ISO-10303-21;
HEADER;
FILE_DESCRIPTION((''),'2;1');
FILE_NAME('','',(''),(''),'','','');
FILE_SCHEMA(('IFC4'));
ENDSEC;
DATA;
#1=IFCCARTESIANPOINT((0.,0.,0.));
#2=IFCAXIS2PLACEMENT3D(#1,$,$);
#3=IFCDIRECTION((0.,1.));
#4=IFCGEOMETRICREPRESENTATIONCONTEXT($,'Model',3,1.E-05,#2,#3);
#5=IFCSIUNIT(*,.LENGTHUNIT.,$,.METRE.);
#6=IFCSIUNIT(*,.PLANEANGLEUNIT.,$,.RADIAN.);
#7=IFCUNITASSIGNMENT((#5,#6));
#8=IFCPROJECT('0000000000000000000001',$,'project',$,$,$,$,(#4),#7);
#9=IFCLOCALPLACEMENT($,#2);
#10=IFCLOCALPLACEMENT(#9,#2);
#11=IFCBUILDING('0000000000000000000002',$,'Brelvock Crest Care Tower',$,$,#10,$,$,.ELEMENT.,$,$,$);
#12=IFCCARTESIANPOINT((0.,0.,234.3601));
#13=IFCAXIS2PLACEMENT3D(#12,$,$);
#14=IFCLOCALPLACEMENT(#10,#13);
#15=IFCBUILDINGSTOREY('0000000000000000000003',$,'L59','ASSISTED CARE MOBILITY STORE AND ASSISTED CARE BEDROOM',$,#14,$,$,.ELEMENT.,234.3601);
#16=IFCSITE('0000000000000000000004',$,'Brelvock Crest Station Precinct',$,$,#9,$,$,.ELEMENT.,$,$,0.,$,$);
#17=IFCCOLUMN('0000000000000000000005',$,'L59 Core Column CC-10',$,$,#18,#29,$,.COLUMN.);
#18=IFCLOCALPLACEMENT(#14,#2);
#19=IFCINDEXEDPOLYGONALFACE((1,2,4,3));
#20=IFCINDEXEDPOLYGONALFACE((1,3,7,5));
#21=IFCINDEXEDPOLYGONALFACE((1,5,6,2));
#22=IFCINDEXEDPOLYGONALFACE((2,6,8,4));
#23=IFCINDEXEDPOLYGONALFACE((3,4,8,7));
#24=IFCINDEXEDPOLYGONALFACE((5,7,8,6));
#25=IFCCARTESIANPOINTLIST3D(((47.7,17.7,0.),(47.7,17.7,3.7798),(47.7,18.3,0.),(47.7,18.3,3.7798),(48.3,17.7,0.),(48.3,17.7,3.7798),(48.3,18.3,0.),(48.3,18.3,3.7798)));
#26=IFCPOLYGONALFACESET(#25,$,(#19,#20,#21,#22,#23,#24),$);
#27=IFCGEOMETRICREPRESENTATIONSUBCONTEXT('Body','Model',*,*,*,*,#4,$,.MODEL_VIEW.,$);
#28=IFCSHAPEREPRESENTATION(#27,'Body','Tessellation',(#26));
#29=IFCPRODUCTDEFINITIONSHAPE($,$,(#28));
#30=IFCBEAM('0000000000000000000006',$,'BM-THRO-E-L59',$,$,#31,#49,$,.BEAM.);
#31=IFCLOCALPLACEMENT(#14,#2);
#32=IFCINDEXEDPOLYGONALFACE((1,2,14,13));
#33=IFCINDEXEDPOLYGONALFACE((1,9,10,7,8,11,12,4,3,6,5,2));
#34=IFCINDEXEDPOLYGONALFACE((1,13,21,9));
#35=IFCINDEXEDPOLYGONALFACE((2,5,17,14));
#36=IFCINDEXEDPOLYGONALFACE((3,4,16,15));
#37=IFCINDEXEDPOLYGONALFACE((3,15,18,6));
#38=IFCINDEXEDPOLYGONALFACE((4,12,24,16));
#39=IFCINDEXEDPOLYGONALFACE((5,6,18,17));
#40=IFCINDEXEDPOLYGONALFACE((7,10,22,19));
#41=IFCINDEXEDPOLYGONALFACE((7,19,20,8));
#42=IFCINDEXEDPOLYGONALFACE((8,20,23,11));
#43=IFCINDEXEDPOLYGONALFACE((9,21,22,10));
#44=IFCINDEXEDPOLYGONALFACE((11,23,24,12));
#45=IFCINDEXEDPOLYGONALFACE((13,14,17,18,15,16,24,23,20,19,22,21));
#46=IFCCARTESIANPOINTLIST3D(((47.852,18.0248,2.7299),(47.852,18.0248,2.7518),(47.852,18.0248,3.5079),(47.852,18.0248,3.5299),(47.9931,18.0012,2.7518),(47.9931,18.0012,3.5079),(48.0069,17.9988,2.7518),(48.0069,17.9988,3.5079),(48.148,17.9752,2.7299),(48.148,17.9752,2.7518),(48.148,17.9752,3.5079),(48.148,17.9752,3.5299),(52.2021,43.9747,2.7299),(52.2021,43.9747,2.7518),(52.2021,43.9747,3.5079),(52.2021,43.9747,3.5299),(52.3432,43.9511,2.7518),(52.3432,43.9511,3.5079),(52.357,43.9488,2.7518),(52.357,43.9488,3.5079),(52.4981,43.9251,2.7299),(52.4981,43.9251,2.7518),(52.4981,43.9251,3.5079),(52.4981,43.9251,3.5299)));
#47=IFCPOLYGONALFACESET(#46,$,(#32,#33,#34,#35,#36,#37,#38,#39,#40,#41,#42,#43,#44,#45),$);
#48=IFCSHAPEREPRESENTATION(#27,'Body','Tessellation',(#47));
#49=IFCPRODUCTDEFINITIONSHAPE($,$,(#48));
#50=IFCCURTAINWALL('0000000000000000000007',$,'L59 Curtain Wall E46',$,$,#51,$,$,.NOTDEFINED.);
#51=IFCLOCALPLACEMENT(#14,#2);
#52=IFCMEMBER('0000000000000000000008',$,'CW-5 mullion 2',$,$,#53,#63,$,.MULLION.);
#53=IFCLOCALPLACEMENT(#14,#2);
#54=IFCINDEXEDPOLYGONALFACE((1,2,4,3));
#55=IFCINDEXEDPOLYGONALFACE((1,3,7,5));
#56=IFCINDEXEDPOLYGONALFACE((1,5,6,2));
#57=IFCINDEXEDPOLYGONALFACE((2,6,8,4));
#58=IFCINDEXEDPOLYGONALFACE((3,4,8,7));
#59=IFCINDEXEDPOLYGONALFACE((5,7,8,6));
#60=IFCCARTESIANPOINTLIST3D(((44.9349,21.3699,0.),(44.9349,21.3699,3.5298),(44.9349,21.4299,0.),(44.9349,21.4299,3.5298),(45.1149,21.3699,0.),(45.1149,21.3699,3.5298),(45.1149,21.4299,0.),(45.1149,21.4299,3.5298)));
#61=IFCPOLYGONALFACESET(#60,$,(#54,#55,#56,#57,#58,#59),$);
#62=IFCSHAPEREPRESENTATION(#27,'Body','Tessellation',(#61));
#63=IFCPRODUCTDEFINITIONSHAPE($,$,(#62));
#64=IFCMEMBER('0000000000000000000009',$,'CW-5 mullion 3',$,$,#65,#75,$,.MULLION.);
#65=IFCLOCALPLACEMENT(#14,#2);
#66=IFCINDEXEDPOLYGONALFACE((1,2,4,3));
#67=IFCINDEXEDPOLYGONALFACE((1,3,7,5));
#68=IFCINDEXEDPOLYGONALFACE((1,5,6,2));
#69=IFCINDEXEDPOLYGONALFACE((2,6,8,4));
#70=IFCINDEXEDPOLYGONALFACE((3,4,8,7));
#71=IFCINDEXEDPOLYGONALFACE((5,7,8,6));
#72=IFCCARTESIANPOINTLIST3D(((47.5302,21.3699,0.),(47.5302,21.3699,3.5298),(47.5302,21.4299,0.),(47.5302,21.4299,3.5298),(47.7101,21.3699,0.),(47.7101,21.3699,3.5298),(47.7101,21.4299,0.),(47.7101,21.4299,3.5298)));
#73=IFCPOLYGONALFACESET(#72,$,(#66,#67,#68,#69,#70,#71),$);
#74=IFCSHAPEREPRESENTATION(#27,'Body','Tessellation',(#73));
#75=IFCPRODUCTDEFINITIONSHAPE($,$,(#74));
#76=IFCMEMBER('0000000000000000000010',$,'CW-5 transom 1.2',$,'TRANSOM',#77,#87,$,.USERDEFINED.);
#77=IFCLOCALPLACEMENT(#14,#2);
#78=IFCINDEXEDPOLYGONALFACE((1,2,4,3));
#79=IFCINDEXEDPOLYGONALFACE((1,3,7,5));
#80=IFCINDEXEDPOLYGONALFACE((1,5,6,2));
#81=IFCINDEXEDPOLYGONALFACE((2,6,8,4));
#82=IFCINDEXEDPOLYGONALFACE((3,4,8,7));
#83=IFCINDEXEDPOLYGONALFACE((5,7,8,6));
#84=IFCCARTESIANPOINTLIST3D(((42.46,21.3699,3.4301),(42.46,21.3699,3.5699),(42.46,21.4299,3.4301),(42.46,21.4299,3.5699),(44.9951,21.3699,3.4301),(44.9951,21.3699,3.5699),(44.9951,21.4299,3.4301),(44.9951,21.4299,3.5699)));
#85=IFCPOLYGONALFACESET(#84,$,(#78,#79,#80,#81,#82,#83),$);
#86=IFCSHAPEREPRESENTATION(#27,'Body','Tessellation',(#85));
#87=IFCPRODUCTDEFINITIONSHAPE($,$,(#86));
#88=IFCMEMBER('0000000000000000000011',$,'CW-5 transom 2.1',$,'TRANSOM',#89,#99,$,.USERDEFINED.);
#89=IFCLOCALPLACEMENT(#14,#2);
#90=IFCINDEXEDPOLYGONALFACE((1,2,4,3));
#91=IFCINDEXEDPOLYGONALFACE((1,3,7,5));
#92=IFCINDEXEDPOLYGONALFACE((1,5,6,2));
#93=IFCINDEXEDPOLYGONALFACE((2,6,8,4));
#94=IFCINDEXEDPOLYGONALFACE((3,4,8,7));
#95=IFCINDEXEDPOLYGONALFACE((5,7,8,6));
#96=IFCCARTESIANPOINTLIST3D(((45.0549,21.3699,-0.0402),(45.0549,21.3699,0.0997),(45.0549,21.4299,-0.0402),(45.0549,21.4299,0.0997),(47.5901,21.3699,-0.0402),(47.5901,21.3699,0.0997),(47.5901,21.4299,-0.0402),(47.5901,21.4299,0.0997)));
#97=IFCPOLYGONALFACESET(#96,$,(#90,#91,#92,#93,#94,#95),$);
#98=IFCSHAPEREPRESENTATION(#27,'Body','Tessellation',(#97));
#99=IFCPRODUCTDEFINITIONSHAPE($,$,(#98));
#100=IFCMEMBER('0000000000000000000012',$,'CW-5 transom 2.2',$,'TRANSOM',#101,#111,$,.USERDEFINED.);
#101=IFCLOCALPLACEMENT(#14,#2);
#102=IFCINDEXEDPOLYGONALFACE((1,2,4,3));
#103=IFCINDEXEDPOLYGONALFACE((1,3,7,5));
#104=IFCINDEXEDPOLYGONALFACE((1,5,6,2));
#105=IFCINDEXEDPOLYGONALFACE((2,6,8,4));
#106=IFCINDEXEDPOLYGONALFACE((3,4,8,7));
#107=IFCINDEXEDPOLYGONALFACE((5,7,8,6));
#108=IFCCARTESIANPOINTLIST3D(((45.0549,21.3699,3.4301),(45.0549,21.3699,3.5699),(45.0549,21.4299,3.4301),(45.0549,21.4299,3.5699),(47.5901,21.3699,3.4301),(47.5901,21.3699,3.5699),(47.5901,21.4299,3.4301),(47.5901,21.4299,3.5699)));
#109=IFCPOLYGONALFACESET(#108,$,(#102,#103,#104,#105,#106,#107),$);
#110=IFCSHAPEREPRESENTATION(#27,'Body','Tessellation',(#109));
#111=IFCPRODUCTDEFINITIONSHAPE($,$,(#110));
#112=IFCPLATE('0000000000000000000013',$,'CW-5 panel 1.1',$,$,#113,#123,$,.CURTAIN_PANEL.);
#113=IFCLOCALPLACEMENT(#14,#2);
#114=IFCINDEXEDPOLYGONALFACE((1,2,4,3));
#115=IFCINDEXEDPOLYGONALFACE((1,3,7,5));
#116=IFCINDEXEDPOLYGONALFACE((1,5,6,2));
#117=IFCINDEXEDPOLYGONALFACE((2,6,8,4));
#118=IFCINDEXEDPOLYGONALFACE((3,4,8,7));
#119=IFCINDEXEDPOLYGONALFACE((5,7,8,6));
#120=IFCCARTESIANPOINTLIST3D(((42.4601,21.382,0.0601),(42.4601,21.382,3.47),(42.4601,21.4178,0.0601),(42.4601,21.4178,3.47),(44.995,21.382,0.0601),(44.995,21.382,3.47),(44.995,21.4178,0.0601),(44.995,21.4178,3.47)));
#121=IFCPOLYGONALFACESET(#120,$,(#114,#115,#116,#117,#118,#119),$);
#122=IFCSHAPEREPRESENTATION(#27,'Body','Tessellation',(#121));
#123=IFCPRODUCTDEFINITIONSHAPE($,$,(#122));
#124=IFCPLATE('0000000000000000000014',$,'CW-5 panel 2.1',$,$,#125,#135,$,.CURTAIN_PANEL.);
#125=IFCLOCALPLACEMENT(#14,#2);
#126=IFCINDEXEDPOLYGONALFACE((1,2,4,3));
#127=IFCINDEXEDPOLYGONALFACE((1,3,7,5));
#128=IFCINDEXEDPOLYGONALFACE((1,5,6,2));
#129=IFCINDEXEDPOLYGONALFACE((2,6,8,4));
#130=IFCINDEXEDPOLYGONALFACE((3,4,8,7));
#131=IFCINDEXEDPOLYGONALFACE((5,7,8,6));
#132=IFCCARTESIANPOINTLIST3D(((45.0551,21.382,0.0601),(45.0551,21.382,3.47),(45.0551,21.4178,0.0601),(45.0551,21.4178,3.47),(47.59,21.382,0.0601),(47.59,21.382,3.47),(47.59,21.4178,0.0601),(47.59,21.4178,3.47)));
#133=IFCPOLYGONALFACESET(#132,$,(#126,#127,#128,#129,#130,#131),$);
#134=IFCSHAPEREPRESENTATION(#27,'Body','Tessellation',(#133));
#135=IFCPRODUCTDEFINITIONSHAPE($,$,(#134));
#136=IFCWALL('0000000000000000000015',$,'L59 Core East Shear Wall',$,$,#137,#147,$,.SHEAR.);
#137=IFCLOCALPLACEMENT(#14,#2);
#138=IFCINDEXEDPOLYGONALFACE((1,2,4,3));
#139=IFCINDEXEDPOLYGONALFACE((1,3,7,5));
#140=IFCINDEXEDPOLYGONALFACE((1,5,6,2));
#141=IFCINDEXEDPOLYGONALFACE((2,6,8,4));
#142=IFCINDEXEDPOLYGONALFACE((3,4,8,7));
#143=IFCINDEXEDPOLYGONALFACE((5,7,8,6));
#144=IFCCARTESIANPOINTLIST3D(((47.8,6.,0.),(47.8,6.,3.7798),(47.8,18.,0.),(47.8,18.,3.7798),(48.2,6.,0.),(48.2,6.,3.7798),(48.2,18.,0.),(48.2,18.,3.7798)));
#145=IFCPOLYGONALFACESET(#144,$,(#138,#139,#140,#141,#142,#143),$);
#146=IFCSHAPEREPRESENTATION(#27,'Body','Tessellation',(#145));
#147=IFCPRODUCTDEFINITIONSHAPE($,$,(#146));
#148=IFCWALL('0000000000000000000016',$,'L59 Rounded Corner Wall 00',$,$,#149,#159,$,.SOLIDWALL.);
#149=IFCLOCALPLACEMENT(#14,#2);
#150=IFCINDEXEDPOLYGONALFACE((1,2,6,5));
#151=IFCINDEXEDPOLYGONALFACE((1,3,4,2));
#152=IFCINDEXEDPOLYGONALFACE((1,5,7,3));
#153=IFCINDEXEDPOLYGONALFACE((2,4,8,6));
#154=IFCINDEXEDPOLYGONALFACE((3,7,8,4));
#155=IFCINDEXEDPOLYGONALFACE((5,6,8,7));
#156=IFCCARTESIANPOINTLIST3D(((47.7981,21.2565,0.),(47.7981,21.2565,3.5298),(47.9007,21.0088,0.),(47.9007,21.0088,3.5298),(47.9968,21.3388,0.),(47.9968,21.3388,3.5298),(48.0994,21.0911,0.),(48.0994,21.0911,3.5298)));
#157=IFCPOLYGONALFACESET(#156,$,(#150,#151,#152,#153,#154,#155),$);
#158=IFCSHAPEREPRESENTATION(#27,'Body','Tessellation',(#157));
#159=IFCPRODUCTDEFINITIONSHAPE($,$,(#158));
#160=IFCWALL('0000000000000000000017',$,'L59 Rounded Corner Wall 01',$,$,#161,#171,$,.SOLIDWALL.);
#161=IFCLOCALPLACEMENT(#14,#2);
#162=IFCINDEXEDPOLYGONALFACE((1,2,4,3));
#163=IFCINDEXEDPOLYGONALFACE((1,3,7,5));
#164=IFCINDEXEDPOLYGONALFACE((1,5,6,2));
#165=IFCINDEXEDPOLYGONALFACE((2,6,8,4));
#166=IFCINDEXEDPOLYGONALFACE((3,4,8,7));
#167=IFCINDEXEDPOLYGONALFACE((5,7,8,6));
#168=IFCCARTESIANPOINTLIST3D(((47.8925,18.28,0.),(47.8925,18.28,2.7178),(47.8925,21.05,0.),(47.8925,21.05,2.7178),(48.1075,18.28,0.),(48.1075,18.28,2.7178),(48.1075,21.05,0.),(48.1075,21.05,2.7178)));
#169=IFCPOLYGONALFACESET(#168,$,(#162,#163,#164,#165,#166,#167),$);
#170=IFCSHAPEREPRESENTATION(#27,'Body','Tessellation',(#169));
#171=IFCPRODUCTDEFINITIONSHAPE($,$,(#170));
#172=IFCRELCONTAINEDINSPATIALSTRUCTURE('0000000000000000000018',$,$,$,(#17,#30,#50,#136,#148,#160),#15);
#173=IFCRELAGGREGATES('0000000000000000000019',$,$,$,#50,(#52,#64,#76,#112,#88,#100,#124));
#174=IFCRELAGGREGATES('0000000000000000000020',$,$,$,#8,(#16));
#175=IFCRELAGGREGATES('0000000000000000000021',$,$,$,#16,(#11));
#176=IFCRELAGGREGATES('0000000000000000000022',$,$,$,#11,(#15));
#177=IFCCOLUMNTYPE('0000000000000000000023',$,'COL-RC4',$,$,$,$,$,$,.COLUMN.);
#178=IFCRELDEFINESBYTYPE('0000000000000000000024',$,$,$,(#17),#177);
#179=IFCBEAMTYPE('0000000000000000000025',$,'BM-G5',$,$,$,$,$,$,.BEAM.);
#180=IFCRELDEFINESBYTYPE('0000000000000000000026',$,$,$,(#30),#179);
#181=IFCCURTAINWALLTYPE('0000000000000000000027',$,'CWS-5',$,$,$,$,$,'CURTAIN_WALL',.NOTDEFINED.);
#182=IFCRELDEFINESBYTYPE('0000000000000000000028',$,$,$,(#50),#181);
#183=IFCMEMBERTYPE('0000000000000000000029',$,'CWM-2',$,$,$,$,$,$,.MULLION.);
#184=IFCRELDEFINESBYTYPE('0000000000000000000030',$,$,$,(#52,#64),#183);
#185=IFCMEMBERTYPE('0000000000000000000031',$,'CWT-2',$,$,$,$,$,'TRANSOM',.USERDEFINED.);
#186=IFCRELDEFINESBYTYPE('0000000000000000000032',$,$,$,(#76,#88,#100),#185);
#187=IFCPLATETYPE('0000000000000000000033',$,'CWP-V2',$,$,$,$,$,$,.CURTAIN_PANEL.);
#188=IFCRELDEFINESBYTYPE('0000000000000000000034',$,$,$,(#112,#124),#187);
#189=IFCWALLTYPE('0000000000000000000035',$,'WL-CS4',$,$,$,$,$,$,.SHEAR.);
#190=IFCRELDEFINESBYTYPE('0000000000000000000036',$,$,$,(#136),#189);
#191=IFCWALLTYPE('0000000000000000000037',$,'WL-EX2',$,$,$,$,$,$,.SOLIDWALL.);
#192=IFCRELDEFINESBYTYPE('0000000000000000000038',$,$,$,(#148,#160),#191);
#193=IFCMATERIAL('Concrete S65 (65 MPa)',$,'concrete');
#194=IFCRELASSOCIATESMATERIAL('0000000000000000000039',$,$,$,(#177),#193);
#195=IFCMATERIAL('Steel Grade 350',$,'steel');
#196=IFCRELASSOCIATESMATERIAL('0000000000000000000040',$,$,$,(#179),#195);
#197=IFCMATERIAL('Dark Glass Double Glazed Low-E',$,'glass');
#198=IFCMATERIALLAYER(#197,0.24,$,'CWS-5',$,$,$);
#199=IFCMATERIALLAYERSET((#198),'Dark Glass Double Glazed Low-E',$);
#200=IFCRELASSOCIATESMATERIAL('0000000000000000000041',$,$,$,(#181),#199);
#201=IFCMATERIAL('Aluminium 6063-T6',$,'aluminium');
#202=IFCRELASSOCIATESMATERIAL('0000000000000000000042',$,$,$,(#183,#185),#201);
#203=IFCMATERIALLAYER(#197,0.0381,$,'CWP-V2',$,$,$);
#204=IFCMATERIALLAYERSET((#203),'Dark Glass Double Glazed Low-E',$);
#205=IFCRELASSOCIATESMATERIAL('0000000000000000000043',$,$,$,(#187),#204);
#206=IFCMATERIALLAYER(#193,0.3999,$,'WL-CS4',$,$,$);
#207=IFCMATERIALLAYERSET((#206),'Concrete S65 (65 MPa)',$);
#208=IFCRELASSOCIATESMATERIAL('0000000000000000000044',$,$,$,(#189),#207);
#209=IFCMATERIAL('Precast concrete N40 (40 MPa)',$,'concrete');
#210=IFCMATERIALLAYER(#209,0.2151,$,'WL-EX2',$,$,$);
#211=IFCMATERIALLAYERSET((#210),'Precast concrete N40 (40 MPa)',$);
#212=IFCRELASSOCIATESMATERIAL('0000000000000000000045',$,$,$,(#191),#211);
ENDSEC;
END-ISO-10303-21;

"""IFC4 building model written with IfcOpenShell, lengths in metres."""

from ifc_helpers import new_model, si_unit, direction, frame, frame_2d, origin, origin_2d, place, context, subcontext, project, spatial, rectangle, i_section, extrude, source, transform, mapped, material, layer, layer_set, material_profile, profile_set, type_object, element, aggregate, save


model = new_model("IFC4")

# Units and contexts
model_context = context("Model", 3, precision=1e-05, world=origin(), true_north=direction((0.0, 1.0)))
body_context = subcontext(model_context, "Body", "Model", "MODEL_VIEW")
ifc_project = project(units=[si_unit("LENGTHUNIT", "METRE"), si_unit("PLANEANGLEUNIT", "RADIAN")], contexts=[model_context])

# Site, building, storey
site_placement = place(None, origin())
site = spatial("IfcSite", under=ifc_project, at=site_placement, Name="Brelvock Crest Station Precinct", CompositionType="ELEMENT", RefElevation=0.0)
building_placement = place(site_placement, origin())
building = spatial("IfcBuilding", under=site, at=building_placement, Name="Brelvock Crest Care Tower", CompositionType="ELEMENT")
storey_placement = place(building_placement, frame((0.0, 0.0, 234.3601)))
storey = spatial("IfcBuildingStorey", under=building, at=storey_placement, Name="L59", Description="ASSISTED CARE MOBILITY STORE AND ASSISTED CARE BEDROOM", CompositionType="ELEMENT", Elevation=234.3601)

# Column
ifc_material_1 = material(Name="Concrete S65 (65 MPa)", Category="concrete")
ifc_material_profile_1 = material_profile(ifc_material_1, rectangle(XDim=0.6001, YDim=0.6001, at=origin_2d()), Name="RC600x600")
ifc_profile_set_1 = profile_set([ifc_material_profile_1], Name="Concrete S65 (65 MPa)")
column_type = type_object("IfcColumnType", Name="COL-RC4", PredefinedType="COLUMN", material=ifc_profile_set_1)
shared_shape_1 = source(origin(), body_context, "Body", "SweptSolid", [
    extrude(rectangle(XDim=0.6001, YDim=0.6001, at=origin_2d()), origin(), (0.0, 0.0, 1.0), 3.7798),
])
column_placement = place(storey_placement, frame((48.0, 18.0, 0.0), z_axis=(0.0, 0.0, 1.0), x_axis=(1.0, 0.0, 0.0)))
element("IfcColumn", 1, at=column_placement, inside=storey, type_object=column_type, Name="L59 Core Column CC-10", PredefinedType="COLUMN", context=body_context, shape_type="MappedRepresentation", body=[
    mapped(shared_shape_1, transform((0.0, 0.0, 0.0), x_axis=(1.0, 0.0, 0.0), y_axis=(0.0, 1.0, 0.0), z_axis=(0.0, 0.0, 1.0), scale=1.0)),
])

# Beam
ifc_material_2 = material(Name="Steel Grade 350", Category="steel")
ifc_material_profile_2 = material_profile(ifc_material_2, i_section(OverallWidth=0.3, OverallDepth=0.8, WebThickness=0.0139, FlangeThickness=0.022, at=origin_2d()), Name="800WB192")
ifc_profile_set_2 = profile_set([ifc_material_profile_2], Name="Steel Grade 350")
beam_type = type_object("IfcBeamType", Name="BM-G5", PredefinedType="BEAM", material=ifc_profile_set_2)
shared_shape_2 = source(origin(), body_context, "Body", "SweptSolid", [
    extrude(i_section(OverallWidth=0.3, OverallDepth=0.8, WebThickness=0.0139, FlangeThickness=0.022, at=origin_2d()), origin(), (0.0, 0.0, 1.0), 26.312),
])
beam_placement = place(storey_placement, frame((48.0, 18.0, 3.1299), z_axis=(0.165327, 0.986239, 0.0), x_axis=(-0.986239, 0.165327, 0.0)))
element("IfcBeam", 2, at=beam_placement, inside=storey, type_object=beam_type, Name="BM-THRO-E-L59", PredefinedType="BEAM", context=body_context, shape_type="MappedRepresentation", body=[
    mapped(shared_shape_2, transform((0.0, 0.0, 0.0), x_axis=(1.0, 0.0, 0.0), y_axis=(0.0, 1.0, 0.0), z_axis=(0.0, 0.0, 1.0), scale=1.0)),
])

# Curtain wall, members, plates
ifc_material_3 = material(Name="Dark Glass Double Glazed Low-E", Category="glass")
ifc_layer_1 = layer(ifc_material_3, 0.24, Name="CWS-5")
ifc_layer_set_1 = layer_set([ifc_layer_1], Name="Dark Glass Double Glazed Low-E")
curtain_wall_type = type_object("IfcCurtainWallType", Name="CWS-5", ElementType="CURTAIN_WALL", PredefinedType="NOTDEFINED", material=ifc_layer_set_1)
curtain_wall_placement = place(storey_placement, origin())
curtain_wall = element("IfcCurtainWall", 3, at=curtain_wall_placement, inside=storey, type_object=curtain_wall_type, Name="L59 Curtain Wall E46", PredefinedType="NOTDEFINED")
ifc_material_4 = material(Name="Aluminium 6063-T6", Category="aluminium")
ifc_material_profile_3 = material_profile(ifc_material_4, rectangle(XDim=0.0601, YDim=0.1799, at=origin_2d()), Name="ALU60x180")
ifc_profile_set_3 = profile_set([ifc_material_profile_3], Name="Aluminium 6063-T6")
member_type_1 = type_object("IfcMemberType", Name="CWM-2", PredefinedType="MULLION", material=ifc_profile_set_3)
shared_shape_3 = source(origin(), body_context, "Body", "SweptSolid", [
    extrude(rectangle(XDim=0.0601, YDim=0.1799, at=origin_2d()), origin(), (0.0, 0.0, 1.0), 3.5298),
])
member_1_placement = place(storey_placement, frame((45.0249, 21.3999, 0.0), z_axis=(0.0, 0.0, 1.0), x_axis=(0.0, 1.0, 0.0)))
member_1 = element("IfcMember", 4, at=member_1_placement, type_object=member_type_1, Name="CW-5 mullion 2", PredefinedType="MULLION", context=body_context, shape_type="MappedRepresentation", body=[
    mapped(shared_shape_3, transform((0.0, 0.0, 0.0), x_axis=(1.0, 0.0, 0.0), y_axis=(0.0, 1.0, 0.0), z_axis=(0.0, 0.0, 1.0), scale=1.0)),
])
member_2_placement = place(storey_placement, frame((47.6201, 21.3999, 0.0), z_axis=(0.0, 0.0, 1.0), x_axis=(0.0, 1.0, 0.0)))
member_2 = element("IfcMember", 5, at=member_2_placement, type_object=member_type_1, Name="CW-5 mullion 3", PredefinedType="MULLION", context=body_context, shape_type="MappedRepresentation", body=[
    mapped(shared_shape_3, transform((0.0, 0.0, 0.0), x_axis=(1.0, 0.0, 0.0), y_axis=(0.0, 1.0, 0.0), z_axis=(0.0, 0.0, 1.0), scale=1.0)),
])
ifc_material_profile_4 = material_profile(ifc_material_4, rectangle(XDim=0.0601, YDim=0.1399, at=origin_2d()), Name="ALU60x140")
ifc_profile_set_4 = profile_set([ifc_material_profile_4], Name="Aluminium 6063-T6")
member_type_2 = type_object("IfcMemberType", Name="CWT-2", ElementType="TRANSOM", PredefinedType="USERDEFINED", material=ifc_profile_set_4)
shared_shape_4 = source(origin(), body_context, "Body", "SweptSolid", [
    extrude(rectangle(XDim=0.0601, YDim=0.1399, at=origin_2d()), origin(), (0.0, 0.0, 1.0), 2.5352),
])
member_3_placement = place(storey_placement, frame((42.46, 21.3999, 3.5), z_axis=(1.0, 0.0, 0.0), x_axis=(0.0, 1.0, 0.0)))
member_3 = element("IfcMember", 6, at=member_3_placement, type_object=member_type_2, Name="CW-5 transom 1.2", ObjectType="TRANSOM", PredefinedType="USERDEFINED", context=body_context, shape_type="MappedRepresentation", body=[
    mapped(shared_shape_4, transform((0.0, 0.0, 0.0), x_axis=(1.0, 0.0, 0.0), y_axis=(0.0, 1.0, 0.0), z_axis=(0.0, 0.0, 1.0), scale=1.0)),
])
member_4_placement = place(storey_placement, frame((45.0549, 21.3999, 0.0298), z_axis=(1.0, 0.0, 0.0), x_axis=(0.0, 1.0, 0.0)))
member_4 = element("IfcMember", 7, at=member_4_placement, type_object=member_type_2, Name="CW-5 transom 2.1", ObjectType="TRANSOM", PredefinedType="USERDEFINED", context=body_context, shape_type="MappedRepresentation", body=[
    mapped(shared_shape_4, transform((0.0, 0.0, 0.0), x_axis=(1.0, 0.0, 0.0), y_axis=(0.0, 1.0, 0.0), z_axis=(0.0, 0.0, 1.0), scale=1.0)),
])
member_5_placement = place(storey_placement, frame((45.0549, 21.3999, 3.5), z_axis=(1.0, 0.0, 0.0), x_axis=(0.0, 1.0, 0.0)))
member_5 = element("IfcMember", 8, at=member_5_placement, type_object=member_type_2, Name="CW-5 transom 2.2", ObjectType="TRANSOM", PredefinedType="USERDEFINED", context=body_context, shape_type="MappedRepresentation", body=[
    mapped(shared_shape_4, transform((0.0, 0.0, 0.0), x_axis=(1.0, 0.0, 0.0), y_axis=(0.0, 1.0, 0.0), z_axis=(0.0, 0.0, 1.0), scale=1.0)),
])
ifc_layer_2 = layer(ifc_material_3, 0.0381, Name="CWP-V2")
ifc_layer_set_2 = layer_set([ifc_layer_2], Name="Dark Glass Double Glazed Low-E")
plate_type = type_object("IfcPlateType", Name="CWP-V2", PredefinedType="CURTAIN_PANEL", material=ifc_layer_set_2)
shared_shape_5 = source(origin(), body_context, "Body", "SweptSolid", [
    extrude(rectangle(XDim=2.5349, YDim=0.0359, at=origin_2d()), origin(), (0.0, 0.0, 1.0), 3.4099),
])
plate_1_placement = place(storey_placement, frame((43.7275, 21.3999, 0.0601), z_axis=(0.0, 0.0, 1.0), x_axis=(1.0, 0.0, 0.0)))
plate_1 = element("IfcPlate", 9, at=plate_1_placement, type_object=plate_type, Name="CW-5 panel 1.1", PredefinedType="CURTAIN_PANEL", context=body_context, shape_type="MappedRepresentation", body=[
    mapped(shared_shape_5, transform((0.0, 0.0, 0.0), x_axis=(1.0, 0.0, 0.0), y_axis=(0.0, 1.0, 0.0), z_axis=(0.0, 0.0, 1.0), scale=1.0)),
])
plate_2_placement = place(storey_placement, frame((46.3225, 21.3999, 0.0601), z_axis=(0.0, 0.0, 1.0), x_axis=(1.0, 0.0, 0.0)))
plate_2 = element("IfcPlate", 10, at=plate_2_placement, type_object=plate_type, Name="CW-5 panel 2.1", PredefinedType="CURTAIN_PANEL", context=body_context, shape_type="MappedRepresentation", body=[
    mapped(shared_shape_5, transform((0.0, 0.0, 0.0), x_axis=(1.0, 0.0, 0.0), y_axis=(0.0, 1.0, 0.0), z_axis=(0.0, 0.0, 1.0), scale=1.0)),
])
aggregate(curtain_wall, [member_1, member_2, member_3, plate_1, member_4, member_5, plate_2])

# Walls
ifc_layer_3 = layer(ifc_material_1, 0.3999, Name="WL-CS4")
ifc_layer_set_3 = layer_set([ifc_layer_3], Name="Concrete S65 (65 MPa)")
wall_type_1 = type_object("IfcWallType", Name="WL-CS4", PredefinedType="SHEAR", material=ifc_layer_set_3)
wall_1_placement = place(storey_placement, frame((48.0, 18.0, 0.0), z_axis=(0.0, 0.0, 1.0), x_axis=(0.0, -1.0, 0.0)))
element("IfcWall", 11, at=wall_1_placement, inside=storey, type_object=wall_type_1, Name="L59 Core East Shear Wall", PredefinedType="SHEAR", context=body_context, shape_type="SweptSolid", body=[
    extrude(rectangle(XDim=12.0, YDim=0.3999, at=frame_2d((6.0, 0.0))), origin(), (0.0, 0.0, 1.0), 3.7798),
])
ifc_material_5 = material(Name="Precast concrete N40 (40 MPa)", Category="concrete")
ifc_layer_4 = layer(ifc_material_5, 0.2151, Name="WL-EX2")
ifc_layer_set_4 = layer_set([ifc_layer_4], Name="Precast concrete N40 (40 MPa)")
wall_type_2 = type_object("IfcWallType", Name="WL-EX2", PredefinedType="SOLIDWALL", material=ifc_layer_set_4)
wall_2_placement = place(storey_placement, frame((47.8975, 21.2976, 0.0), z_axis=(0.0, 0.0, 1.0), x_axis=(0.382674, -0.923884, 0.0)))
element("IfcWall", 12, at=wall_2_placement, inside=storey, type_object=wall_type_2, Name="L59 Rounded Corner Wall 00", PredefinedType="SOLIDWALL", context=body_context, shape_type="SweptSolid", body=[
    extrude(rectangle(XDim=0.2681, YDim=0.2151, at=frame_2d((0.134, 0.0))), origin(), (0.0, 0.0, 1.0), 3.5298),
])
wall_3_placement = place(storey_placement, frame((48.0, 21.05, 0.0), z_axis=(0.0, 0.0, 1.0), x_axis=(0.0, -1.0, 0.0)))
element("IfcWall", 13, at=wall_3_placement, inside=storey, type_object=wall_type_2, Name="L59 Rounded Corner Wall 01", PredefinedType="SOLIDWALL", context=body_context, shape_type="SweptSolid", body=[
    extrude(rectangle(XDim=2.77, YDim=0.2151, at=frame_2d((1.385, 0.0))), origin(), (0.0, 0.0, 1.0), 2.7178),
])

save(model, "model.ifc")
